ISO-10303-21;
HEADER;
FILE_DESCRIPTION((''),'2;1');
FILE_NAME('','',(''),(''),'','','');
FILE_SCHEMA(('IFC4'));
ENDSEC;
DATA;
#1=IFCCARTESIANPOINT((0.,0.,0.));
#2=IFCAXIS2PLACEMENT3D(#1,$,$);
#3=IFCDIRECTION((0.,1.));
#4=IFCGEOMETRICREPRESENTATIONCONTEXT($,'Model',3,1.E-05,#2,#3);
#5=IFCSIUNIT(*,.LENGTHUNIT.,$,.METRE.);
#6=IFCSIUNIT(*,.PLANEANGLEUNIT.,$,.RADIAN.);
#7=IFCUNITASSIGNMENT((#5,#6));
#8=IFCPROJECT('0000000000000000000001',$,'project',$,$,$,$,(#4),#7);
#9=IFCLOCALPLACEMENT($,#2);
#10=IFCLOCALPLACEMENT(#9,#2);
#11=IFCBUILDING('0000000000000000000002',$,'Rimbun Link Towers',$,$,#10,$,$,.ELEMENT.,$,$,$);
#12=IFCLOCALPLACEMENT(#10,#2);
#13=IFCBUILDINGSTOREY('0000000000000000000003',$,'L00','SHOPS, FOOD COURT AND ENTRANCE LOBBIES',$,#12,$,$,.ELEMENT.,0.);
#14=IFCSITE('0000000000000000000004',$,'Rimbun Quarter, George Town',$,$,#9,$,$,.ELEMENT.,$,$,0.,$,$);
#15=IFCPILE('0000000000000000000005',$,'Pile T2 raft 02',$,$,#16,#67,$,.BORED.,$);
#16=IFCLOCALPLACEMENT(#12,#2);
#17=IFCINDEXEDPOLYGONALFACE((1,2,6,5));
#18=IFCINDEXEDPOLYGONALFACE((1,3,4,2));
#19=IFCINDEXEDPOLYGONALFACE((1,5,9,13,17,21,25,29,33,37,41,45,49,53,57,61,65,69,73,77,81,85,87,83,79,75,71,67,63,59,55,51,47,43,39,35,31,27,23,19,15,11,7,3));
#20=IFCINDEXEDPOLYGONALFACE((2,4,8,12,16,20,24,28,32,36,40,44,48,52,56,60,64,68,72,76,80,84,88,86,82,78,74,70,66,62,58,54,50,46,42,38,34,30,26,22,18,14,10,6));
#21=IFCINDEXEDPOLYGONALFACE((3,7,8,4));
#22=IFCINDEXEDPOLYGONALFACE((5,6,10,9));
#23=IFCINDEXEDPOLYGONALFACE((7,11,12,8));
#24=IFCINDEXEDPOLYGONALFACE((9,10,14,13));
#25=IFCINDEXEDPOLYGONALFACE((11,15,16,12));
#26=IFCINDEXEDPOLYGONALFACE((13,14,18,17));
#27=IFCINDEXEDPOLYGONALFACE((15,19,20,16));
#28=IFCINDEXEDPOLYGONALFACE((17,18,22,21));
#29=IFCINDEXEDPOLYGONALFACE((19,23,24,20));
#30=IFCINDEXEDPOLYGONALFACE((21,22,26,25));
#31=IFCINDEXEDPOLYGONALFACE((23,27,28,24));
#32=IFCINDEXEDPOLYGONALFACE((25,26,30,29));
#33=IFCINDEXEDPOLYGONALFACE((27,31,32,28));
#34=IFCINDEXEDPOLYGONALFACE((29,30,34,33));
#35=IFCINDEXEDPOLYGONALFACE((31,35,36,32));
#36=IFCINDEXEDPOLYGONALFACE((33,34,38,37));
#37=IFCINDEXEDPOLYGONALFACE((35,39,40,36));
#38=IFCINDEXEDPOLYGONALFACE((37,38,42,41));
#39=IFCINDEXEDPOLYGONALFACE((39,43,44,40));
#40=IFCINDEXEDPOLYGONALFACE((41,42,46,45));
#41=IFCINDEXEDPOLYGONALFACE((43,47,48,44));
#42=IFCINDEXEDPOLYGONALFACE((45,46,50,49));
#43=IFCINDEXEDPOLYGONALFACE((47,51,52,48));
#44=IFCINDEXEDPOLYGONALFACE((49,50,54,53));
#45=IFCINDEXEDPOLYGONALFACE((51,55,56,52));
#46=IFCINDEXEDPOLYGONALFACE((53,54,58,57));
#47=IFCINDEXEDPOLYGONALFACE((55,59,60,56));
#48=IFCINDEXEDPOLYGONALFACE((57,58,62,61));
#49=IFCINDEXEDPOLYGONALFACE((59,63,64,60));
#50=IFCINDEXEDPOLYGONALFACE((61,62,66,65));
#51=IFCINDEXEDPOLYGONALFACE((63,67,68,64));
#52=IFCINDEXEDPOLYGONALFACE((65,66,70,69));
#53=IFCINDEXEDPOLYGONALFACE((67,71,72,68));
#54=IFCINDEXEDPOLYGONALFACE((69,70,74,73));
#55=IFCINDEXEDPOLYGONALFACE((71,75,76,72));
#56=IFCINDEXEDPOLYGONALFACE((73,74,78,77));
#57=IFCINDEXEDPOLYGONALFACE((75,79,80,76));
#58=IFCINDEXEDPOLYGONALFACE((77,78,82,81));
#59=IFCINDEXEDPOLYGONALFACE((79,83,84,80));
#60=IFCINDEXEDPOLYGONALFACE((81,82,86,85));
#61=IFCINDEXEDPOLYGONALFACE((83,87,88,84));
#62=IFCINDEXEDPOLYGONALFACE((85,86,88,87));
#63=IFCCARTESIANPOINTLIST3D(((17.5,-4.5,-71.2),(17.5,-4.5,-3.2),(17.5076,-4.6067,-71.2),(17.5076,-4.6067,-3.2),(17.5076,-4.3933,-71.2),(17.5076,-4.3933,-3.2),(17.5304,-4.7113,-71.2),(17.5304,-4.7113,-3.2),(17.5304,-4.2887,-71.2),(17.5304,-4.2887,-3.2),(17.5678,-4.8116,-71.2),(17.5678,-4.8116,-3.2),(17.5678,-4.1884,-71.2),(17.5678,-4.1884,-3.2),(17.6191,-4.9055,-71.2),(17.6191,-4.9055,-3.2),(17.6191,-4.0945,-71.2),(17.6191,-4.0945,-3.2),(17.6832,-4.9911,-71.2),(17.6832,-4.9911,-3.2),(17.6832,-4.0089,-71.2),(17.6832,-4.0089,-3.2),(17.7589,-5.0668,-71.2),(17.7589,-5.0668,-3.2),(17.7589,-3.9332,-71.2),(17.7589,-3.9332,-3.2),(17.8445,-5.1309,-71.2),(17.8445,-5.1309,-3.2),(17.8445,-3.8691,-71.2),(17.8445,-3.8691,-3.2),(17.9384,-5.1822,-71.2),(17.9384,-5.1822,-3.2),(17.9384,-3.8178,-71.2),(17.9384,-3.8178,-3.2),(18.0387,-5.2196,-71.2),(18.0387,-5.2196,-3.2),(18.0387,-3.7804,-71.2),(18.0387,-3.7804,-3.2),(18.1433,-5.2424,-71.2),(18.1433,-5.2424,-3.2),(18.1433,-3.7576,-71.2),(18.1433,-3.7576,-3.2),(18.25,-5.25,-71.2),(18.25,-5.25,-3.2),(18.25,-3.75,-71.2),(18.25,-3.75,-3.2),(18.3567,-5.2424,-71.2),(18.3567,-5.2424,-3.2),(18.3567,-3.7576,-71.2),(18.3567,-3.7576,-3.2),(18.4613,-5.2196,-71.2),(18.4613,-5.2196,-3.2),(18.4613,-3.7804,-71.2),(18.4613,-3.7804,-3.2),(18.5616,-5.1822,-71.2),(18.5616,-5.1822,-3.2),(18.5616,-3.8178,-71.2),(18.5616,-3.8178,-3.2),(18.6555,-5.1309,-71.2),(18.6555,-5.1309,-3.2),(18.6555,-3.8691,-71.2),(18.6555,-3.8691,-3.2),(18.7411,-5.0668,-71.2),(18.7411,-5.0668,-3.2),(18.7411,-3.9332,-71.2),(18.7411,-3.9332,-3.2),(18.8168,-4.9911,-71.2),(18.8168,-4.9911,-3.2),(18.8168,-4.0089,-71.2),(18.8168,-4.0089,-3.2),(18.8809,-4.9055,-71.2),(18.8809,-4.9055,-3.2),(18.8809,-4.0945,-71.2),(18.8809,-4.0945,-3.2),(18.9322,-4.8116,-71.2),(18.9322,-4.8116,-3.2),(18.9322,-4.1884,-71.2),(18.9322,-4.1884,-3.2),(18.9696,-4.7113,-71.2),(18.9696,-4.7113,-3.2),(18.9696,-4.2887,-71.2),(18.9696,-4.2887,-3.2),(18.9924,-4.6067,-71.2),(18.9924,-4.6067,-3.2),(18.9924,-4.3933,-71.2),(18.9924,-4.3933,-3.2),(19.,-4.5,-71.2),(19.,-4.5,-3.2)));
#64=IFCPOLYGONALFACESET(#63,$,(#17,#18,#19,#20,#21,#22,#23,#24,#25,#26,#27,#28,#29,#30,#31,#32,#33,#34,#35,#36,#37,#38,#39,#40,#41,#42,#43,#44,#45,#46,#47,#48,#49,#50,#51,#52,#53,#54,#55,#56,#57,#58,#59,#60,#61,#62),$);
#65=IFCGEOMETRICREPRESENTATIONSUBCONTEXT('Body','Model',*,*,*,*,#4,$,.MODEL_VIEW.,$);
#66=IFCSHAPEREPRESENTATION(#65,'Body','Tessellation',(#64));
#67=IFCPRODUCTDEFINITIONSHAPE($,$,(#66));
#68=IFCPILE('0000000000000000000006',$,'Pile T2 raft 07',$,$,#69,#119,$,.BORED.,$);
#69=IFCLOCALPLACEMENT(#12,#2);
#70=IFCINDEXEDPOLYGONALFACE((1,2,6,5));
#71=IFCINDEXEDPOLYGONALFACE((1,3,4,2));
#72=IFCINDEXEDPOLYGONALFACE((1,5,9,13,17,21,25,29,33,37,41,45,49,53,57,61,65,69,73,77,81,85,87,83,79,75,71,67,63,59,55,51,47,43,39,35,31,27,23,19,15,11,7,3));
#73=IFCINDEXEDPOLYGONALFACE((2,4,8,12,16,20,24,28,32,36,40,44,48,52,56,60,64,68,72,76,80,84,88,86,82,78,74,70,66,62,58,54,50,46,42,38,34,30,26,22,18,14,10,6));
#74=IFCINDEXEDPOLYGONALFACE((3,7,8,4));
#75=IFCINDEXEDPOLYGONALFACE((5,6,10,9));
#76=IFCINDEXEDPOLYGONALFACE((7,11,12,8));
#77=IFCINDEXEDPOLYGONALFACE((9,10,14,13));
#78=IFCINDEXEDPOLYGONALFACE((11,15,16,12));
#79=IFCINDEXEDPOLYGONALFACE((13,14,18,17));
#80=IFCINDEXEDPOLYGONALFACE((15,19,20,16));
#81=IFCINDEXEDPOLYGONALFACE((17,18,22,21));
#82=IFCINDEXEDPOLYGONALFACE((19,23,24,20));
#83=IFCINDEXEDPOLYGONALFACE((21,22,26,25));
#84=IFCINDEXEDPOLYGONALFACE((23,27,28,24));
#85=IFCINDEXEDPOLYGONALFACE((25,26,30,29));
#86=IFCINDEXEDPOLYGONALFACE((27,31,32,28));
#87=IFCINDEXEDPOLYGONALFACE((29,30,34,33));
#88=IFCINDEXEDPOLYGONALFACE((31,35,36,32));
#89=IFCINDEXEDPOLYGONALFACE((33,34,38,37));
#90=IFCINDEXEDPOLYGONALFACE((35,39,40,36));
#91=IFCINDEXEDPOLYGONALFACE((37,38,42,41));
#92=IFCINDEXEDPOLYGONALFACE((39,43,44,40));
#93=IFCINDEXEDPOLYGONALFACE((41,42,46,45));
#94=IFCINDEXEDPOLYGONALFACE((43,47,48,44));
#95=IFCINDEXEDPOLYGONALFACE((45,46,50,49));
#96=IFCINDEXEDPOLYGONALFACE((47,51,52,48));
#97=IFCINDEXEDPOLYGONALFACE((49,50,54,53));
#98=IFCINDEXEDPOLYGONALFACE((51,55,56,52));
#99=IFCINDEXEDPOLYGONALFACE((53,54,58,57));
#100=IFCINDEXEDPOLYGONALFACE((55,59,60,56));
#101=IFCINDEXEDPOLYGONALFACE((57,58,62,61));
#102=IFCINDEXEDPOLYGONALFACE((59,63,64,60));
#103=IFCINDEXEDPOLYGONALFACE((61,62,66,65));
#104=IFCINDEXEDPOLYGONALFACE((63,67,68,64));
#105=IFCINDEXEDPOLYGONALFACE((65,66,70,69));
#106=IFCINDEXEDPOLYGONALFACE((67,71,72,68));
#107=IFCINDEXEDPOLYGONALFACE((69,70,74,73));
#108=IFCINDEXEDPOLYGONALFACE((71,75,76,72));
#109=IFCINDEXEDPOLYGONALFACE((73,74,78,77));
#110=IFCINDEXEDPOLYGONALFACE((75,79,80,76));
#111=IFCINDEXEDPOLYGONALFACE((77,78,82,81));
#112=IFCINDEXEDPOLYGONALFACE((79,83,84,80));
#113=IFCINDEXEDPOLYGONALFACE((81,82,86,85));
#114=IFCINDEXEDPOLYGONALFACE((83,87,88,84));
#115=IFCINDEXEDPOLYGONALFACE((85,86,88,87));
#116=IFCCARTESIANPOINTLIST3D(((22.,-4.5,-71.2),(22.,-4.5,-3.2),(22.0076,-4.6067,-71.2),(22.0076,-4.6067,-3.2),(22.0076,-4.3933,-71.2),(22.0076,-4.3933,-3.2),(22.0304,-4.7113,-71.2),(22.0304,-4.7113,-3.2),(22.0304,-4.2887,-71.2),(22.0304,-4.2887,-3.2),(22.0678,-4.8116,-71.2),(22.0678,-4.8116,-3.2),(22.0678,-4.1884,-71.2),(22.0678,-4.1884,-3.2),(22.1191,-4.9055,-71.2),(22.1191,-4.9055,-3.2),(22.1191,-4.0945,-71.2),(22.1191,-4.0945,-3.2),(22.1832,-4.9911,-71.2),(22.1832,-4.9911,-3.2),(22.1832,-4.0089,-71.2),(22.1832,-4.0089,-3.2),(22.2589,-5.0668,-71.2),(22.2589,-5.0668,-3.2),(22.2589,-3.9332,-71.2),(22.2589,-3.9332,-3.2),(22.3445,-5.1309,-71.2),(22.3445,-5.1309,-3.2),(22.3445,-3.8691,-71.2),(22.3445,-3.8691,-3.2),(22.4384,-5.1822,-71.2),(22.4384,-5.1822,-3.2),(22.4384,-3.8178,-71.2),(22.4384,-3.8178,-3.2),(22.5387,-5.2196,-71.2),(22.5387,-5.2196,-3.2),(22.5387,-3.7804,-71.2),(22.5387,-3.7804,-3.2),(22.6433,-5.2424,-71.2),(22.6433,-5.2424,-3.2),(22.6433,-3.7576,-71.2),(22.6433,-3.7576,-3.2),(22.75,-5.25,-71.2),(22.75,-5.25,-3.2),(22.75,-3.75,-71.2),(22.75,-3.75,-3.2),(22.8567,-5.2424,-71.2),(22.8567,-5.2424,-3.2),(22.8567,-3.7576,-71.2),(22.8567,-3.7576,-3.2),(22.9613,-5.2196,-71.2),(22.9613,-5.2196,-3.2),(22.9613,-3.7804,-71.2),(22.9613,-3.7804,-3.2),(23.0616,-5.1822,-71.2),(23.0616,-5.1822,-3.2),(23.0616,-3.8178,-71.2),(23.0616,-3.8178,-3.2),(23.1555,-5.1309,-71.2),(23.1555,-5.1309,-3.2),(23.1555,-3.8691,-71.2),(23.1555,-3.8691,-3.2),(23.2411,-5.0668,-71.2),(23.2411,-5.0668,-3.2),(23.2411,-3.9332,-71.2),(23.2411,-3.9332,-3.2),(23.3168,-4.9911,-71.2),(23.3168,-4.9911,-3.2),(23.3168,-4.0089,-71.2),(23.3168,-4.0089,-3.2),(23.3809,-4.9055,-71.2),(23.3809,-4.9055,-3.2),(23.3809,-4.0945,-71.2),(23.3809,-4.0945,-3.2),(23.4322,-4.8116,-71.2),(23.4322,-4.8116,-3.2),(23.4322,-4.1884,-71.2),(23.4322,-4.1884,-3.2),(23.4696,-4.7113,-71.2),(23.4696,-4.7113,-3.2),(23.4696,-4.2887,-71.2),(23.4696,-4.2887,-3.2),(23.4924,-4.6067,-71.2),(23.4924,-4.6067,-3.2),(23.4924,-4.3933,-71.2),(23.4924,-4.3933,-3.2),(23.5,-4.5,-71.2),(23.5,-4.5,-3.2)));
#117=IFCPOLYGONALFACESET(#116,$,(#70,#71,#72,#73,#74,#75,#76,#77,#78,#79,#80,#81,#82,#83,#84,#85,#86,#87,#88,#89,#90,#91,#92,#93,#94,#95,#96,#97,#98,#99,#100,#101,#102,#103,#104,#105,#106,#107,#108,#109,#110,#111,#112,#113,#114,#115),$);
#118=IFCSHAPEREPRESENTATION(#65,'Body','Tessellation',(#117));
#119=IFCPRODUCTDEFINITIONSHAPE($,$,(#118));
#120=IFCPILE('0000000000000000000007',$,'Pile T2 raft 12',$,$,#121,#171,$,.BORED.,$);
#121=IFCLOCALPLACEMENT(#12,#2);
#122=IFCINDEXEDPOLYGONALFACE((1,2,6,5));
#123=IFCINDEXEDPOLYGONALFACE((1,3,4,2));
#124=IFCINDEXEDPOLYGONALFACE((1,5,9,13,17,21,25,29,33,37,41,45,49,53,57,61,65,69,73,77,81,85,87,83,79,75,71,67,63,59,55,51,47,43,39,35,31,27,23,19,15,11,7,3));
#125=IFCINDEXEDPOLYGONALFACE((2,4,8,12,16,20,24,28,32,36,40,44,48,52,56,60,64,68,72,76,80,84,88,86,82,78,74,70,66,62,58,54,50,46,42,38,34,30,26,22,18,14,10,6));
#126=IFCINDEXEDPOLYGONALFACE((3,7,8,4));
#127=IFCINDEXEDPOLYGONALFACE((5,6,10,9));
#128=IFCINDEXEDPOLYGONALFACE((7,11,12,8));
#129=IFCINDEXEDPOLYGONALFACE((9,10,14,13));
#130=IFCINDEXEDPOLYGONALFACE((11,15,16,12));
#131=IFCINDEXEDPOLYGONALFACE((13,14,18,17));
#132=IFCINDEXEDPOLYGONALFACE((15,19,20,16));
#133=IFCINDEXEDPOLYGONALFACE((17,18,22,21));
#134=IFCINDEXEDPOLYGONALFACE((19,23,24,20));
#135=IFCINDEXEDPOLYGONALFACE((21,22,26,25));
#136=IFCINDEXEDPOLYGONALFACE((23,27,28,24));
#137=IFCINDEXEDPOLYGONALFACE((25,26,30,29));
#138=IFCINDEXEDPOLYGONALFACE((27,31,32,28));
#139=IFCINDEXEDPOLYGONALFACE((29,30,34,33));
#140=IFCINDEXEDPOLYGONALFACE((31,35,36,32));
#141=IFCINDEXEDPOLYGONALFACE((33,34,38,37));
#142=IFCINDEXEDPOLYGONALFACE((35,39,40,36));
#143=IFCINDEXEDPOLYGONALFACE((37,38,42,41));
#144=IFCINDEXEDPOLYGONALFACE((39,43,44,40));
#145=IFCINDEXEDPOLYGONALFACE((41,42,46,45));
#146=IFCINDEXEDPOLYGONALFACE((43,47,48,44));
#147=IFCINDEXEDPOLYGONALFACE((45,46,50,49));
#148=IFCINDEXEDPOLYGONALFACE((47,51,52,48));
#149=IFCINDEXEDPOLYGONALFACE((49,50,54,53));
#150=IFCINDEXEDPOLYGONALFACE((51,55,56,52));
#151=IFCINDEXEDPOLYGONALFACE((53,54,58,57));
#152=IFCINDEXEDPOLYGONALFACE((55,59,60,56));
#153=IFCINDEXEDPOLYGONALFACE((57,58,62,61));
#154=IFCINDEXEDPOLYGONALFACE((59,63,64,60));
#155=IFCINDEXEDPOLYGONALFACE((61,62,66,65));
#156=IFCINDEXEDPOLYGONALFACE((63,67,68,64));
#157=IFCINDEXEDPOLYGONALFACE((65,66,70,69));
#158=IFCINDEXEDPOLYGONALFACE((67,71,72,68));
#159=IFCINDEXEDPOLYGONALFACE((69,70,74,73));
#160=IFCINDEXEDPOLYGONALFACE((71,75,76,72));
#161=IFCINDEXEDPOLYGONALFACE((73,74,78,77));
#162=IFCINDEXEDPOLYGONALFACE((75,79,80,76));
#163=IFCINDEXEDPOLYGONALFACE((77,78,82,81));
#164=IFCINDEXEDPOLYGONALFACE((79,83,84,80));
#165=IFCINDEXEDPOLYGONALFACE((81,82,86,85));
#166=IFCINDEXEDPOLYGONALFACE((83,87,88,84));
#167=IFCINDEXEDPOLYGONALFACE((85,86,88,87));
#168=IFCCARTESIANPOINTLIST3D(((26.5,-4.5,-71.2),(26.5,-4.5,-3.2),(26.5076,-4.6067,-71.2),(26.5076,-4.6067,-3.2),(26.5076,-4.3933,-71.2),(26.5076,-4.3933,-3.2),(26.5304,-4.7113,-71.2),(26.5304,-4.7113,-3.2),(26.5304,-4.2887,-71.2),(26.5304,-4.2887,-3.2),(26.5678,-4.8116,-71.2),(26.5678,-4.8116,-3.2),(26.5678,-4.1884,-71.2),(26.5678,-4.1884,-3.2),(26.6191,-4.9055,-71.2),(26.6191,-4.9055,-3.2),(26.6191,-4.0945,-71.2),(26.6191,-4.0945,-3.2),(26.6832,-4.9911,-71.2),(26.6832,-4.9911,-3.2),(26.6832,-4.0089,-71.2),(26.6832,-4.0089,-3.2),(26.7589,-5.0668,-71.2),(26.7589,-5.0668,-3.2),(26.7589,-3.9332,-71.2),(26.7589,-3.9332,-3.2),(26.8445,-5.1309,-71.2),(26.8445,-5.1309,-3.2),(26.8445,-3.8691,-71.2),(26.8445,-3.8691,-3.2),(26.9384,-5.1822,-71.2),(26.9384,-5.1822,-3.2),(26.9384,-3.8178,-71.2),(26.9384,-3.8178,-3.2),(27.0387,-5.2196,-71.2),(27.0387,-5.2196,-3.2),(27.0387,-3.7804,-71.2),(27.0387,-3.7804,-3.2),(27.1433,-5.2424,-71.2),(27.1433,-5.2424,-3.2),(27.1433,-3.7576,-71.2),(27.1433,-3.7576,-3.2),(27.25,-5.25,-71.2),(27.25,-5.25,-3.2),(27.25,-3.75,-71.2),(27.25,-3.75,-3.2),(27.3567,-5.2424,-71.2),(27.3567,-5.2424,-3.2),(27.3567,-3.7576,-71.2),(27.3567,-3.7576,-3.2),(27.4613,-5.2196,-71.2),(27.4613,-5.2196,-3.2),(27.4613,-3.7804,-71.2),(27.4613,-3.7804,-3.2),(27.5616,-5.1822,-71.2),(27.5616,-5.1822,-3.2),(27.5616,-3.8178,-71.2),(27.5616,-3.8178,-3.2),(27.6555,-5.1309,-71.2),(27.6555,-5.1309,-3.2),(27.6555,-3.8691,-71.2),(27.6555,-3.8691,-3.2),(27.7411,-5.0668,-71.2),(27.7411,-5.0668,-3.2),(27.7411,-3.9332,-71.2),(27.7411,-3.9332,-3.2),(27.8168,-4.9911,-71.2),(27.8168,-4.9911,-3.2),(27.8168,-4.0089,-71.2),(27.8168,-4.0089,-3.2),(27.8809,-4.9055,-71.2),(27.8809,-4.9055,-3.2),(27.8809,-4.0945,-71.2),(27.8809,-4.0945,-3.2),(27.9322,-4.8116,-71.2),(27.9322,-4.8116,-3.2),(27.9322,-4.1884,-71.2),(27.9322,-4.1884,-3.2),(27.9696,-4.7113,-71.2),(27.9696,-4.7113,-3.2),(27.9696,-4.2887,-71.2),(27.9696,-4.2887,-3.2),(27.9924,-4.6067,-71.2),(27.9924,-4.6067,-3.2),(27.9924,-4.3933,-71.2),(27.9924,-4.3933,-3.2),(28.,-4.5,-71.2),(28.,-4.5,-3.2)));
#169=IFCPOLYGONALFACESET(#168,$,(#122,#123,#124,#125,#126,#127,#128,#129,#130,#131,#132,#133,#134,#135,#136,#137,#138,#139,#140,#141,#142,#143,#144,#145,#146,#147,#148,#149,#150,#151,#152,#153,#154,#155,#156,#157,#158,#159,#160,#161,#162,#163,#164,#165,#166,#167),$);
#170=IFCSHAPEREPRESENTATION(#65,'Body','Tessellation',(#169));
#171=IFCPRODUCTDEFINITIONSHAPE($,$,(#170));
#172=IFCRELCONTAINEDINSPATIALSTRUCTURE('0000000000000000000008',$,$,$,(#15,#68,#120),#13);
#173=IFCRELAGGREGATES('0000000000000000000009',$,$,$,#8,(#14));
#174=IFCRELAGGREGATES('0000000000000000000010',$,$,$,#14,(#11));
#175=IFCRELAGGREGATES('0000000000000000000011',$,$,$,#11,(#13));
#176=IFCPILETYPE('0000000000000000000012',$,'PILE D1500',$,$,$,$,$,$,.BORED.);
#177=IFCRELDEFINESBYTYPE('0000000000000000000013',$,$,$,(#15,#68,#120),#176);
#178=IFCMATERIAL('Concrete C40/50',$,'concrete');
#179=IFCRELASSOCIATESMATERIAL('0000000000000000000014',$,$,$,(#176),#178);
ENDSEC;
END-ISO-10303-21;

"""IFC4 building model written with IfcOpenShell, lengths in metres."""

from ifc_helpers import new_model, si_unit, direction, frame, origin, origin_2d, place, context, subcontext, project, spatial, circle, extrude, material, material_profile, profile_set, type_object, element, save


model = new_model("IFC4")

# Units and contexts
model_context = context("Model", 3, precision=1e-05, world=origin(), true_north=direction((0.0, 1.0)))
body_context = subcontext(model_context, "Body", "Model", "MODEL_VIEW")
ifc_project = project(units=[si_unit("LENGTHUNIT", "METRE"), si_unit("PLANEANGLEUNIT", "RADIAN")], contexts=[model_context])

# Site, building, storey
site_placement = place(None, origin())
site = spatial("IfcSite", under=ifc_project, at=site_placement, Name="Rimbun Quarter, George Town", CompositionType="ELEMENT", RefElevation=0.0)
building_placement = place(site_placement, origin())
building = spatial("IfcBuilding", under=site, at=building_placement, Name="Rimbun Link Towers", CompositionType="ELEMENT")
storey_placement = place(building_placement, origin())
storey = spatial("IfcBuildingStorey", under=building, at=storey_placement, Name="L00", Description="SHOPS, FOOD COURT AND ENTRANCE LOBBIES", CompositionType="ELEMENT", Elevation=0.0)

# Piles
ifc_material_1 = material(Name="Concrete C40/50", Category="concrete")
ifc_material_profile = material_profile(ifc_material_1, circle(Radius=0.75, at=origin_2d()), Name="PILE D1500")
ifc_profile_set = profile_set([ifc_material_profile], Name="Concrete C40/50")
pile_type = type_object("IfcPileType", Name="PILE D1500", PredefinedType="BORED", material=ifc_profile_set)
for number, where, z_axis, x_axis, name in (
    (1, (18.25, -4.5, -3.2), (0.0, 0.0, -1.0), (1.0, 0.0, 0.0), "Pile T2 raft 02"),
    (2, (22.75, -4.5, -3.2), (0.0, 0.0, -1.0), (1.0, 0.0, 0.0), "Pile T2 raft 07"),
    (3, (27.25, -4.5, -3.2), (0.0, 0.0, -1.0), (1.0, 0.0, 0.0), "Pile T2 raft 12"),
):
    element("IfcPile", number, at=place(storey_placement, frame(where, z_axis=z_axis, x_axis=x_axis)), inside=storey, type_object=pile_type, Name=name, PredefinedType="BORED", context=body_context, shape_type="SweptSolid", body=[
        extrude(circle(Radius=0.75, at=origin_2d()), origin(), (0.0, 0.0, 1.0), 68.0),
    ])

save(model, "model.ifc")
